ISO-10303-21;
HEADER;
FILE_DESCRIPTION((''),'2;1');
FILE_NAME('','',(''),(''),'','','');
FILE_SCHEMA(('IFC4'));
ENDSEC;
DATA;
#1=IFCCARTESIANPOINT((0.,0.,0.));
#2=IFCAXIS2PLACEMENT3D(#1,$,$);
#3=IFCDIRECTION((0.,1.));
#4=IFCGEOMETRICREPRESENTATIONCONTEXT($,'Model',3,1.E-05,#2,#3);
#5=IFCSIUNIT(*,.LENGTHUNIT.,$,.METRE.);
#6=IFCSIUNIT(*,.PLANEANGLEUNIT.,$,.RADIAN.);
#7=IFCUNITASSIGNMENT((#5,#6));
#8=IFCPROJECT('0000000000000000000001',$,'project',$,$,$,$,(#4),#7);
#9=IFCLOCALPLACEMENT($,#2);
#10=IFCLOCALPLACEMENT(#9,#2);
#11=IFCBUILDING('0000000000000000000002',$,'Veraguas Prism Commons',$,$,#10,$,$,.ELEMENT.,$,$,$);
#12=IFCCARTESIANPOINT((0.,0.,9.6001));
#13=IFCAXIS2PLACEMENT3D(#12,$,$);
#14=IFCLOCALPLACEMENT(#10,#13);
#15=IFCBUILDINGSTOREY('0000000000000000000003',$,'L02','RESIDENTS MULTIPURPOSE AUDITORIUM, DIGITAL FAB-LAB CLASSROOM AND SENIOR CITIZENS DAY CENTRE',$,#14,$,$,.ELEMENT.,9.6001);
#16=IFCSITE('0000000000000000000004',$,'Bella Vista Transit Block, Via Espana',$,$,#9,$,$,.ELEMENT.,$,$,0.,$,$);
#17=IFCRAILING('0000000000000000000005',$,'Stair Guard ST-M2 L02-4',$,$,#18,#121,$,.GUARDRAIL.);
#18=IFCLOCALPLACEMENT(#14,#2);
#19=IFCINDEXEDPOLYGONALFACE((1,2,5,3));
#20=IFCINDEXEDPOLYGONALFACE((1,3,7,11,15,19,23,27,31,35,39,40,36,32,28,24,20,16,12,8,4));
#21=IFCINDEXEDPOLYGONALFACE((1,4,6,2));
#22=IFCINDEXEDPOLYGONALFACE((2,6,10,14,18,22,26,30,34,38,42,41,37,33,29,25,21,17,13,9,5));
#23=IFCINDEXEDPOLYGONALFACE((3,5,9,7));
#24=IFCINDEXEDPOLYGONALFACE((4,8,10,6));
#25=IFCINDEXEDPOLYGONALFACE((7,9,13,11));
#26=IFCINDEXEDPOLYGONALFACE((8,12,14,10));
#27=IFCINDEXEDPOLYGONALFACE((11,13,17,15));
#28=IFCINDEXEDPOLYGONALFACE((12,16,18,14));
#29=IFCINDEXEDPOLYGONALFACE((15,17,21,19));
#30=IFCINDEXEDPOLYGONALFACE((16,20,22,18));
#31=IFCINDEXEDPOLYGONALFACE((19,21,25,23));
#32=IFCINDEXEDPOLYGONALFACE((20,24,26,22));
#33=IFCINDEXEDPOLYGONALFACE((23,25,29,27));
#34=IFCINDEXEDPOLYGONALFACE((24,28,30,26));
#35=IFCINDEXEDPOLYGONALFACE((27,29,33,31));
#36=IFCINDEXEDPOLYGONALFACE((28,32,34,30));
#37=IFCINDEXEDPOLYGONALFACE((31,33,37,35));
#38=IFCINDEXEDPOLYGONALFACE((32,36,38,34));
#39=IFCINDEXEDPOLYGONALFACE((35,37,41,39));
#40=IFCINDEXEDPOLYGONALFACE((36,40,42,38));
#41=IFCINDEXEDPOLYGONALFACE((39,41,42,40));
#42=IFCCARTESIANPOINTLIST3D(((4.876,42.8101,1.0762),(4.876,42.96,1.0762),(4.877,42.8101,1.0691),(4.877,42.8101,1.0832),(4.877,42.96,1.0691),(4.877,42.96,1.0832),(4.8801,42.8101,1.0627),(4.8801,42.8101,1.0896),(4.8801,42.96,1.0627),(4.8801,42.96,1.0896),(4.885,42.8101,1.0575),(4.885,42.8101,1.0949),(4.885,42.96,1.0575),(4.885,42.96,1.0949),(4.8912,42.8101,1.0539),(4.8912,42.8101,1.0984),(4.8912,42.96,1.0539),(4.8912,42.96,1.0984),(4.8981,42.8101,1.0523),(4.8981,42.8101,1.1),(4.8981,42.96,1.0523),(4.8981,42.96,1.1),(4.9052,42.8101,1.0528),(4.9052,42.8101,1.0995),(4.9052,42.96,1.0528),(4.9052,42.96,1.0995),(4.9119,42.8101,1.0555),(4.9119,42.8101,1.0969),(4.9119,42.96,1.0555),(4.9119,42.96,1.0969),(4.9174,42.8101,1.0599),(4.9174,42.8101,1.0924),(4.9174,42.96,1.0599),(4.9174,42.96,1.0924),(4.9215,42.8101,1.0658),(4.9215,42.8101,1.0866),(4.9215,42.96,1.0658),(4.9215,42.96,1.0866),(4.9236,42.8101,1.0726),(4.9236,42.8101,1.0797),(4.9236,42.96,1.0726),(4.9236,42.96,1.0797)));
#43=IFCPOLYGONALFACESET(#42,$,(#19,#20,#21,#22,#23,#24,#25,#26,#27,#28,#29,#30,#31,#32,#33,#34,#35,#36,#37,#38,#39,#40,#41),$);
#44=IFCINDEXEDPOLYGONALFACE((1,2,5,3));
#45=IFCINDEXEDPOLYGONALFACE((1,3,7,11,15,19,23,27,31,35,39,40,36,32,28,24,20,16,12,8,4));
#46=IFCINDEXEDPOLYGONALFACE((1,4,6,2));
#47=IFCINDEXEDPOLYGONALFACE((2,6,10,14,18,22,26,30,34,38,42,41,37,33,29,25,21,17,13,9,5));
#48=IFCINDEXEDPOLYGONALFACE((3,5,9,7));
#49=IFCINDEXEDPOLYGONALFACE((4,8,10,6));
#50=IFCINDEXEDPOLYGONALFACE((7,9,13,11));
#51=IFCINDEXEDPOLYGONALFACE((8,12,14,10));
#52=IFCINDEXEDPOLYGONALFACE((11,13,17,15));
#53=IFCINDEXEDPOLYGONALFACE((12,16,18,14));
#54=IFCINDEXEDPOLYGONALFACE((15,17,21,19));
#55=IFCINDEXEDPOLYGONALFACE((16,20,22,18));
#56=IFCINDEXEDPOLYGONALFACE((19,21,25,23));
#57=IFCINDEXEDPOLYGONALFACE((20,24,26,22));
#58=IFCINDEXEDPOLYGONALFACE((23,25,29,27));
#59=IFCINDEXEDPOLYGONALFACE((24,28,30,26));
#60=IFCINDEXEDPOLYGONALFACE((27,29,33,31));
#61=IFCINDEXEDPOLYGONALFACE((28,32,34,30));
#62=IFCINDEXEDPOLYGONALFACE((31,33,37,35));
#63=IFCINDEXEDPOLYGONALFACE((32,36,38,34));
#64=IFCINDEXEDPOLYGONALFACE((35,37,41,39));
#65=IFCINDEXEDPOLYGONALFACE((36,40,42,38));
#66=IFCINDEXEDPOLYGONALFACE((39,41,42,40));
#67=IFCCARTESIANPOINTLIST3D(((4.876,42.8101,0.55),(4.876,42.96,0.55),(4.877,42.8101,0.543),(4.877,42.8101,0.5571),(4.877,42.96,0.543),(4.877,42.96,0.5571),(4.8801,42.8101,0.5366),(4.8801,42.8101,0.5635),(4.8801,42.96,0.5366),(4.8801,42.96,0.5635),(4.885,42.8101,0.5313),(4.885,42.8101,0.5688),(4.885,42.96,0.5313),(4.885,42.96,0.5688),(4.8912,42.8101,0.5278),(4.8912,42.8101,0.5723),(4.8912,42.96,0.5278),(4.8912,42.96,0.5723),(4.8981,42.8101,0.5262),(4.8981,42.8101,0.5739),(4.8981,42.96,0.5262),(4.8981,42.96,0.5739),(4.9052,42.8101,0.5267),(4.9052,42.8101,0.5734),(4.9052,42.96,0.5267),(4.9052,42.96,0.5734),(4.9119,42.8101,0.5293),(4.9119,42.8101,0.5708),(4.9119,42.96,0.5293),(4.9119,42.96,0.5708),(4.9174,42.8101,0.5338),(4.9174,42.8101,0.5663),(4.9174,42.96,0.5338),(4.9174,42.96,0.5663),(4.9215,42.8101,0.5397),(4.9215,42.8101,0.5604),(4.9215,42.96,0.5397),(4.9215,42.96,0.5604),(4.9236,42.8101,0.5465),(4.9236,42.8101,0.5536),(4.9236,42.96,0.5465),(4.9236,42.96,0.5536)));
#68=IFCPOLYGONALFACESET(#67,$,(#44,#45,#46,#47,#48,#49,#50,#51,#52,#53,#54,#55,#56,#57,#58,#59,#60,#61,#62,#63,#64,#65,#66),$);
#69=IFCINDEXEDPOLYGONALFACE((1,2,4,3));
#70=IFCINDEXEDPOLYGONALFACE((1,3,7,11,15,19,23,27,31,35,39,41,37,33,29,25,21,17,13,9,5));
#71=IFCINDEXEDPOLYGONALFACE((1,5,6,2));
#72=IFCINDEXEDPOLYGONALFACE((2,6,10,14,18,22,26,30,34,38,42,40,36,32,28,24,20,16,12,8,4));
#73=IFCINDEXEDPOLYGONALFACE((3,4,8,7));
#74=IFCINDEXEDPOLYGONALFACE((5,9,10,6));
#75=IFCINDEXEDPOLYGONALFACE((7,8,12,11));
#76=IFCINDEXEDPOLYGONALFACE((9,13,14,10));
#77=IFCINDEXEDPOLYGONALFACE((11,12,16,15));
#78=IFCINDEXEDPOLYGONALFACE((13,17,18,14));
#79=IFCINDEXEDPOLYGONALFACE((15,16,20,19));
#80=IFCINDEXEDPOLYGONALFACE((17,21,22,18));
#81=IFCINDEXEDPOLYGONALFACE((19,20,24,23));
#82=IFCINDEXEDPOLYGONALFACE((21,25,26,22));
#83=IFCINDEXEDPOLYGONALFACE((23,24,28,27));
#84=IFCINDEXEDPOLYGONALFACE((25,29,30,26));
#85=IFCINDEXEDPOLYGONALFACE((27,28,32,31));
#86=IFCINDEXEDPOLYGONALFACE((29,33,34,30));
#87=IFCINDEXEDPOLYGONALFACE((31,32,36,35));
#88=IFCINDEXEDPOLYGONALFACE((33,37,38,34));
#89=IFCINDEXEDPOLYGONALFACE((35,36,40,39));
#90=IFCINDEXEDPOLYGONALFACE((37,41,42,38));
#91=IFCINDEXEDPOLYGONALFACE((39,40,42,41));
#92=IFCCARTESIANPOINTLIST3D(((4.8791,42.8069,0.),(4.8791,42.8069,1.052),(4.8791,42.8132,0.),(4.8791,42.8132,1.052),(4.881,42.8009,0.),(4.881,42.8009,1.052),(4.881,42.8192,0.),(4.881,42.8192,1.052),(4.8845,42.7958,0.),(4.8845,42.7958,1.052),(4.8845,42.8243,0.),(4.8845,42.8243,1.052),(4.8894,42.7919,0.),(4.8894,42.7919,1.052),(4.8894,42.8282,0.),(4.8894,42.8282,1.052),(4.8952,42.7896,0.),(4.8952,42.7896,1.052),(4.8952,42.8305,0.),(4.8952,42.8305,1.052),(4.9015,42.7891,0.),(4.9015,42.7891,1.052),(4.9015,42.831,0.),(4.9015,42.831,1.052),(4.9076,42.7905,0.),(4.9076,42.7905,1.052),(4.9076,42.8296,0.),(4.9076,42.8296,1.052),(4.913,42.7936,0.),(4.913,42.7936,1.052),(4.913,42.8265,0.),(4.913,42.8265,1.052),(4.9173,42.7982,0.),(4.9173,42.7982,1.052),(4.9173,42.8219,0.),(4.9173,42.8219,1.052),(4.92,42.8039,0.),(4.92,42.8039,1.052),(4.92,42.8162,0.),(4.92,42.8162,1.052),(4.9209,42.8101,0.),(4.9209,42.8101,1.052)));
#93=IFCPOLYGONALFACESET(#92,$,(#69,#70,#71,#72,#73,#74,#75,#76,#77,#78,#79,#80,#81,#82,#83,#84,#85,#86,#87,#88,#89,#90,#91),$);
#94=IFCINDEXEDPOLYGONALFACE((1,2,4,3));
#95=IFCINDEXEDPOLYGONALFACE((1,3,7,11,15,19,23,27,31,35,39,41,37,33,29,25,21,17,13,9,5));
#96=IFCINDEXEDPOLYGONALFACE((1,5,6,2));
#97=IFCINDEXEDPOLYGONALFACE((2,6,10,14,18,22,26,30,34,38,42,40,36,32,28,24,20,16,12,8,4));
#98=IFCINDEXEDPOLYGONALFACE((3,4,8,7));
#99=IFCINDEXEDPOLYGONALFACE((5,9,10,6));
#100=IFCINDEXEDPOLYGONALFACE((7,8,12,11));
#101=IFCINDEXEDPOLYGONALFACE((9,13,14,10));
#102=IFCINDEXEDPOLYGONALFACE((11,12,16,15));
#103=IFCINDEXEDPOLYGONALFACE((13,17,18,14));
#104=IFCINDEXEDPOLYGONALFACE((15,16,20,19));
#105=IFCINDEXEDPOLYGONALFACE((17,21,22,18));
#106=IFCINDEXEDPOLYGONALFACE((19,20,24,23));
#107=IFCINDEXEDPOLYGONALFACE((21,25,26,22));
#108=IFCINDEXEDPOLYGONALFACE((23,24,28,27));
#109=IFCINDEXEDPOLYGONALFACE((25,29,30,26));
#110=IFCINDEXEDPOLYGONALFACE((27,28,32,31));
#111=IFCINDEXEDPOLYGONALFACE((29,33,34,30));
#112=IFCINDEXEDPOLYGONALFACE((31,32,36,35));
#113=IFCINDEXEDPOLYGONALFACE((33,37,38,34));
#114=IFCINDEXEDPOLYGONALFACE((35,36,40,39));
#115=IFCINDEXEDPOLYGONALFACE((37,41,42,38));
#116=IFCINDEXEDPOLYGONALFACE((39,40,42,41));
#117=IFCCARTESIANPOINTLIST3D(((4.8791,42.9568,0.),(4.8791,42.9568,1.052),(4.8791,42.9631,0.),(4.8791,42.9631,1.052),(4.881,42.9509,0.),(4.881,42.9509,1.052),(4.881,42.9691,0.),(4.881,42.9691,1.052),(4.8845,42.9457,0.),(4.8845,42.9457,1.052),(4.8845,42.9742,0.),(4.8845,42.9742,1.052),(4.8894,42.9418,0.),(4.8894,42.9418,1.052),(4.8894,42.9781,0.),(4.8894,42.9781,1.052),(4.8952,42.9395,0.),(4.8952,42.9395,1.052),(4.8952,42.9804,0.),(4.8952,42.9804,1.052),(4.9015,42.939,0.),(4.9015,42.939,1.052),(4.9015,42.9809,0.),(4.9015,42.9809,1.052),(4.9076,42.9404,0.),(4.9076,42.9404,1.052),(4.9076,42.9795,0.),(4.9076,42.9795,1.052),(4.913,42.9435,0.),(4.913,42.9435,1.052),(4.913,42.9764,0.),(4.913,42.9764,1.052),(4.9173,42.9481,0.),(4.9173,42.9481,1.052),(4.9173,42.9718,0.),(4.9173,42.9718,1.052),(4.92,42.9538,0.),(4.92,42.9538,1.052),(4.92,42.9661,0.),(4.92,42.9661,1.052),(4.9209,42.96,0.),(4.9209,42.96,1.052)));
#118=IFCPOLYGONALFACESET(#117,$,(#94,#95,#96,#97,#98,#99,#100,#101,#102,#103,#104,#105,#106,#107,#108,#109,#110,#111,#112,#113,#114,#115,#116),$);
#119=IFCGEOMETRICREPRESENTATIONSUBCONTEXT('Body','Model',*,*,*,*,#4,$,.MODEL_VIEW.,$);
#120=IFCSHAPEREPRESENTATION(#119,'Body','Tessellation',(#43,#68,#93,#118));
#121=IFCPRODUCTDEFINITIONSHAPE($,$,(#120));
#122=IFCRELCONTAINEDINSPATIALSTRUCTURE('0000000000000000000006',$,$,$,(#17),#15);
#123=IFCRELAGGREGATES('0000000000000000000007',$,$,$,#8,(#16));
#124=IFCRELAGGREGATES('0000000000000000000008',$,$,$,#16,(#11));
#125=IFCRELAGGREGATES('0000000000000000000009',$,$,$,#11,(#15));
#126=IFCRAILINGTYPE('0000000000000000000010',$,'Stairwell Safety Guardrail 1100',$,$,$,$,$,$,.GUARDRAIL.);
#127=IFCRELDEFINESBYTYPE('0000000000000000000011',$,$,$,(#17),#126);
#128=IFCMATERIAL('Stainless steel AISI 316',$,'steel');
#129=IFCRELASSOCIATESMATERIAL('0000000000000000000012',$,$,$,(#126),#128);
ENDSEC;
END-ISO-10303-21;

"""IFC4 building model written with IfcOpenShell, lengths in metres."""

from ifc_helpers import new_model, si_unit, direction, frame, origin, origin_2d, place, context, subcontext, project, spatial, circle, extrude, material, type_object, element, save


model = new_model("IFC4")

# Units and contexts
model_context = context("Model", 3, precision=1e-05, world=origin(), true_north=direction((0.0, 1.0)))
body_context = subcontext(model_context, "Body", "Model", "MODEL_VIEW")
ifc_project = project(units=[si_unit("LENGTHUNIT", "METRE"), si_unit("PLANEANGLEUNIT", "RADIAN")], contexts=[model_context])

# Site, building, storey
site_placement = place(None, origin())
site = spatial("IfcSite", under=ifc_project, at=site_placement, Name="Bella Vista Transit Block, Via Espana", CompositionType="ELEMENT", RefElevation=0.0)
building_placement = place(site_placement, origin())
building = spatial("IfcBuilding", under=site, at=building_placement, Name="Veraguas Prism Commons", CompositionType="ELEMENT")
storey_placement = place(building_placement, frame((0.0, 0.0, 9.6001)))
storey = spatial("IfcBuildingStorey", under=building, at=storey_placement, Name="L02", Description="RESIDENTS MULTIPURPOSE AUDITORIUM, DIGITAL FAB-LAB CLASSROOM AND SENIOR CITIZENS DAY CENTRE", CompositionType="ELEMENT", Elevation=9.6001)

# Railing
ifc_material_1 = material(Name="Stainless steel AISI 316", Category="steel")
railing_type_1 = type_object("IfcRailingType", Name="Stairwell Safety Guardrail 1100", PredefinedType="GUARDRAIL", material=ifc_material_1)
railing_1_placement = place(storey_placement, frame((4.8999, 42.8101, 0.0)))
element("IfcRailing", 1, at=railing_1_placement, inside=storey, type_object=railing_type_1, Name="Stair Guard ST-M2 L02-4", PredefinedType="GUARDRAIL", context=body_context, shape_type="SweptSolid", body=[
    extrude(circle(Radius=0.0239, at=origin_2d()), frame((0.0, 0.0, 1.0762), z_axis=(0.0, 1.0, 0.0), x_axis=(-1.0, 0.0, 0.0)), (0.0, 0.0, 1.0), 0.1499),
    extrude(circle(Radius=0.0239, at=origin_2d()), frame((0.0, 0.0, 0.55), z_axis=(0.0, 1.0, 0.0), x_axis=(-1.0, 0.0, 0.0)), (0.0, 0.0, 1.0), 0.1499),
    extrude(circle(Radius=0.021, at=origin_2d()), origin(), (0.0, 0.0, 1.0), 1.052),
    extrude(circle(Radius=0.021, at=origin_2d()), frame((0.0, 0.1499, 0.0)), (0.0, 0.0, 1.0), 1.052),
])

save(model, "model.ifc")
